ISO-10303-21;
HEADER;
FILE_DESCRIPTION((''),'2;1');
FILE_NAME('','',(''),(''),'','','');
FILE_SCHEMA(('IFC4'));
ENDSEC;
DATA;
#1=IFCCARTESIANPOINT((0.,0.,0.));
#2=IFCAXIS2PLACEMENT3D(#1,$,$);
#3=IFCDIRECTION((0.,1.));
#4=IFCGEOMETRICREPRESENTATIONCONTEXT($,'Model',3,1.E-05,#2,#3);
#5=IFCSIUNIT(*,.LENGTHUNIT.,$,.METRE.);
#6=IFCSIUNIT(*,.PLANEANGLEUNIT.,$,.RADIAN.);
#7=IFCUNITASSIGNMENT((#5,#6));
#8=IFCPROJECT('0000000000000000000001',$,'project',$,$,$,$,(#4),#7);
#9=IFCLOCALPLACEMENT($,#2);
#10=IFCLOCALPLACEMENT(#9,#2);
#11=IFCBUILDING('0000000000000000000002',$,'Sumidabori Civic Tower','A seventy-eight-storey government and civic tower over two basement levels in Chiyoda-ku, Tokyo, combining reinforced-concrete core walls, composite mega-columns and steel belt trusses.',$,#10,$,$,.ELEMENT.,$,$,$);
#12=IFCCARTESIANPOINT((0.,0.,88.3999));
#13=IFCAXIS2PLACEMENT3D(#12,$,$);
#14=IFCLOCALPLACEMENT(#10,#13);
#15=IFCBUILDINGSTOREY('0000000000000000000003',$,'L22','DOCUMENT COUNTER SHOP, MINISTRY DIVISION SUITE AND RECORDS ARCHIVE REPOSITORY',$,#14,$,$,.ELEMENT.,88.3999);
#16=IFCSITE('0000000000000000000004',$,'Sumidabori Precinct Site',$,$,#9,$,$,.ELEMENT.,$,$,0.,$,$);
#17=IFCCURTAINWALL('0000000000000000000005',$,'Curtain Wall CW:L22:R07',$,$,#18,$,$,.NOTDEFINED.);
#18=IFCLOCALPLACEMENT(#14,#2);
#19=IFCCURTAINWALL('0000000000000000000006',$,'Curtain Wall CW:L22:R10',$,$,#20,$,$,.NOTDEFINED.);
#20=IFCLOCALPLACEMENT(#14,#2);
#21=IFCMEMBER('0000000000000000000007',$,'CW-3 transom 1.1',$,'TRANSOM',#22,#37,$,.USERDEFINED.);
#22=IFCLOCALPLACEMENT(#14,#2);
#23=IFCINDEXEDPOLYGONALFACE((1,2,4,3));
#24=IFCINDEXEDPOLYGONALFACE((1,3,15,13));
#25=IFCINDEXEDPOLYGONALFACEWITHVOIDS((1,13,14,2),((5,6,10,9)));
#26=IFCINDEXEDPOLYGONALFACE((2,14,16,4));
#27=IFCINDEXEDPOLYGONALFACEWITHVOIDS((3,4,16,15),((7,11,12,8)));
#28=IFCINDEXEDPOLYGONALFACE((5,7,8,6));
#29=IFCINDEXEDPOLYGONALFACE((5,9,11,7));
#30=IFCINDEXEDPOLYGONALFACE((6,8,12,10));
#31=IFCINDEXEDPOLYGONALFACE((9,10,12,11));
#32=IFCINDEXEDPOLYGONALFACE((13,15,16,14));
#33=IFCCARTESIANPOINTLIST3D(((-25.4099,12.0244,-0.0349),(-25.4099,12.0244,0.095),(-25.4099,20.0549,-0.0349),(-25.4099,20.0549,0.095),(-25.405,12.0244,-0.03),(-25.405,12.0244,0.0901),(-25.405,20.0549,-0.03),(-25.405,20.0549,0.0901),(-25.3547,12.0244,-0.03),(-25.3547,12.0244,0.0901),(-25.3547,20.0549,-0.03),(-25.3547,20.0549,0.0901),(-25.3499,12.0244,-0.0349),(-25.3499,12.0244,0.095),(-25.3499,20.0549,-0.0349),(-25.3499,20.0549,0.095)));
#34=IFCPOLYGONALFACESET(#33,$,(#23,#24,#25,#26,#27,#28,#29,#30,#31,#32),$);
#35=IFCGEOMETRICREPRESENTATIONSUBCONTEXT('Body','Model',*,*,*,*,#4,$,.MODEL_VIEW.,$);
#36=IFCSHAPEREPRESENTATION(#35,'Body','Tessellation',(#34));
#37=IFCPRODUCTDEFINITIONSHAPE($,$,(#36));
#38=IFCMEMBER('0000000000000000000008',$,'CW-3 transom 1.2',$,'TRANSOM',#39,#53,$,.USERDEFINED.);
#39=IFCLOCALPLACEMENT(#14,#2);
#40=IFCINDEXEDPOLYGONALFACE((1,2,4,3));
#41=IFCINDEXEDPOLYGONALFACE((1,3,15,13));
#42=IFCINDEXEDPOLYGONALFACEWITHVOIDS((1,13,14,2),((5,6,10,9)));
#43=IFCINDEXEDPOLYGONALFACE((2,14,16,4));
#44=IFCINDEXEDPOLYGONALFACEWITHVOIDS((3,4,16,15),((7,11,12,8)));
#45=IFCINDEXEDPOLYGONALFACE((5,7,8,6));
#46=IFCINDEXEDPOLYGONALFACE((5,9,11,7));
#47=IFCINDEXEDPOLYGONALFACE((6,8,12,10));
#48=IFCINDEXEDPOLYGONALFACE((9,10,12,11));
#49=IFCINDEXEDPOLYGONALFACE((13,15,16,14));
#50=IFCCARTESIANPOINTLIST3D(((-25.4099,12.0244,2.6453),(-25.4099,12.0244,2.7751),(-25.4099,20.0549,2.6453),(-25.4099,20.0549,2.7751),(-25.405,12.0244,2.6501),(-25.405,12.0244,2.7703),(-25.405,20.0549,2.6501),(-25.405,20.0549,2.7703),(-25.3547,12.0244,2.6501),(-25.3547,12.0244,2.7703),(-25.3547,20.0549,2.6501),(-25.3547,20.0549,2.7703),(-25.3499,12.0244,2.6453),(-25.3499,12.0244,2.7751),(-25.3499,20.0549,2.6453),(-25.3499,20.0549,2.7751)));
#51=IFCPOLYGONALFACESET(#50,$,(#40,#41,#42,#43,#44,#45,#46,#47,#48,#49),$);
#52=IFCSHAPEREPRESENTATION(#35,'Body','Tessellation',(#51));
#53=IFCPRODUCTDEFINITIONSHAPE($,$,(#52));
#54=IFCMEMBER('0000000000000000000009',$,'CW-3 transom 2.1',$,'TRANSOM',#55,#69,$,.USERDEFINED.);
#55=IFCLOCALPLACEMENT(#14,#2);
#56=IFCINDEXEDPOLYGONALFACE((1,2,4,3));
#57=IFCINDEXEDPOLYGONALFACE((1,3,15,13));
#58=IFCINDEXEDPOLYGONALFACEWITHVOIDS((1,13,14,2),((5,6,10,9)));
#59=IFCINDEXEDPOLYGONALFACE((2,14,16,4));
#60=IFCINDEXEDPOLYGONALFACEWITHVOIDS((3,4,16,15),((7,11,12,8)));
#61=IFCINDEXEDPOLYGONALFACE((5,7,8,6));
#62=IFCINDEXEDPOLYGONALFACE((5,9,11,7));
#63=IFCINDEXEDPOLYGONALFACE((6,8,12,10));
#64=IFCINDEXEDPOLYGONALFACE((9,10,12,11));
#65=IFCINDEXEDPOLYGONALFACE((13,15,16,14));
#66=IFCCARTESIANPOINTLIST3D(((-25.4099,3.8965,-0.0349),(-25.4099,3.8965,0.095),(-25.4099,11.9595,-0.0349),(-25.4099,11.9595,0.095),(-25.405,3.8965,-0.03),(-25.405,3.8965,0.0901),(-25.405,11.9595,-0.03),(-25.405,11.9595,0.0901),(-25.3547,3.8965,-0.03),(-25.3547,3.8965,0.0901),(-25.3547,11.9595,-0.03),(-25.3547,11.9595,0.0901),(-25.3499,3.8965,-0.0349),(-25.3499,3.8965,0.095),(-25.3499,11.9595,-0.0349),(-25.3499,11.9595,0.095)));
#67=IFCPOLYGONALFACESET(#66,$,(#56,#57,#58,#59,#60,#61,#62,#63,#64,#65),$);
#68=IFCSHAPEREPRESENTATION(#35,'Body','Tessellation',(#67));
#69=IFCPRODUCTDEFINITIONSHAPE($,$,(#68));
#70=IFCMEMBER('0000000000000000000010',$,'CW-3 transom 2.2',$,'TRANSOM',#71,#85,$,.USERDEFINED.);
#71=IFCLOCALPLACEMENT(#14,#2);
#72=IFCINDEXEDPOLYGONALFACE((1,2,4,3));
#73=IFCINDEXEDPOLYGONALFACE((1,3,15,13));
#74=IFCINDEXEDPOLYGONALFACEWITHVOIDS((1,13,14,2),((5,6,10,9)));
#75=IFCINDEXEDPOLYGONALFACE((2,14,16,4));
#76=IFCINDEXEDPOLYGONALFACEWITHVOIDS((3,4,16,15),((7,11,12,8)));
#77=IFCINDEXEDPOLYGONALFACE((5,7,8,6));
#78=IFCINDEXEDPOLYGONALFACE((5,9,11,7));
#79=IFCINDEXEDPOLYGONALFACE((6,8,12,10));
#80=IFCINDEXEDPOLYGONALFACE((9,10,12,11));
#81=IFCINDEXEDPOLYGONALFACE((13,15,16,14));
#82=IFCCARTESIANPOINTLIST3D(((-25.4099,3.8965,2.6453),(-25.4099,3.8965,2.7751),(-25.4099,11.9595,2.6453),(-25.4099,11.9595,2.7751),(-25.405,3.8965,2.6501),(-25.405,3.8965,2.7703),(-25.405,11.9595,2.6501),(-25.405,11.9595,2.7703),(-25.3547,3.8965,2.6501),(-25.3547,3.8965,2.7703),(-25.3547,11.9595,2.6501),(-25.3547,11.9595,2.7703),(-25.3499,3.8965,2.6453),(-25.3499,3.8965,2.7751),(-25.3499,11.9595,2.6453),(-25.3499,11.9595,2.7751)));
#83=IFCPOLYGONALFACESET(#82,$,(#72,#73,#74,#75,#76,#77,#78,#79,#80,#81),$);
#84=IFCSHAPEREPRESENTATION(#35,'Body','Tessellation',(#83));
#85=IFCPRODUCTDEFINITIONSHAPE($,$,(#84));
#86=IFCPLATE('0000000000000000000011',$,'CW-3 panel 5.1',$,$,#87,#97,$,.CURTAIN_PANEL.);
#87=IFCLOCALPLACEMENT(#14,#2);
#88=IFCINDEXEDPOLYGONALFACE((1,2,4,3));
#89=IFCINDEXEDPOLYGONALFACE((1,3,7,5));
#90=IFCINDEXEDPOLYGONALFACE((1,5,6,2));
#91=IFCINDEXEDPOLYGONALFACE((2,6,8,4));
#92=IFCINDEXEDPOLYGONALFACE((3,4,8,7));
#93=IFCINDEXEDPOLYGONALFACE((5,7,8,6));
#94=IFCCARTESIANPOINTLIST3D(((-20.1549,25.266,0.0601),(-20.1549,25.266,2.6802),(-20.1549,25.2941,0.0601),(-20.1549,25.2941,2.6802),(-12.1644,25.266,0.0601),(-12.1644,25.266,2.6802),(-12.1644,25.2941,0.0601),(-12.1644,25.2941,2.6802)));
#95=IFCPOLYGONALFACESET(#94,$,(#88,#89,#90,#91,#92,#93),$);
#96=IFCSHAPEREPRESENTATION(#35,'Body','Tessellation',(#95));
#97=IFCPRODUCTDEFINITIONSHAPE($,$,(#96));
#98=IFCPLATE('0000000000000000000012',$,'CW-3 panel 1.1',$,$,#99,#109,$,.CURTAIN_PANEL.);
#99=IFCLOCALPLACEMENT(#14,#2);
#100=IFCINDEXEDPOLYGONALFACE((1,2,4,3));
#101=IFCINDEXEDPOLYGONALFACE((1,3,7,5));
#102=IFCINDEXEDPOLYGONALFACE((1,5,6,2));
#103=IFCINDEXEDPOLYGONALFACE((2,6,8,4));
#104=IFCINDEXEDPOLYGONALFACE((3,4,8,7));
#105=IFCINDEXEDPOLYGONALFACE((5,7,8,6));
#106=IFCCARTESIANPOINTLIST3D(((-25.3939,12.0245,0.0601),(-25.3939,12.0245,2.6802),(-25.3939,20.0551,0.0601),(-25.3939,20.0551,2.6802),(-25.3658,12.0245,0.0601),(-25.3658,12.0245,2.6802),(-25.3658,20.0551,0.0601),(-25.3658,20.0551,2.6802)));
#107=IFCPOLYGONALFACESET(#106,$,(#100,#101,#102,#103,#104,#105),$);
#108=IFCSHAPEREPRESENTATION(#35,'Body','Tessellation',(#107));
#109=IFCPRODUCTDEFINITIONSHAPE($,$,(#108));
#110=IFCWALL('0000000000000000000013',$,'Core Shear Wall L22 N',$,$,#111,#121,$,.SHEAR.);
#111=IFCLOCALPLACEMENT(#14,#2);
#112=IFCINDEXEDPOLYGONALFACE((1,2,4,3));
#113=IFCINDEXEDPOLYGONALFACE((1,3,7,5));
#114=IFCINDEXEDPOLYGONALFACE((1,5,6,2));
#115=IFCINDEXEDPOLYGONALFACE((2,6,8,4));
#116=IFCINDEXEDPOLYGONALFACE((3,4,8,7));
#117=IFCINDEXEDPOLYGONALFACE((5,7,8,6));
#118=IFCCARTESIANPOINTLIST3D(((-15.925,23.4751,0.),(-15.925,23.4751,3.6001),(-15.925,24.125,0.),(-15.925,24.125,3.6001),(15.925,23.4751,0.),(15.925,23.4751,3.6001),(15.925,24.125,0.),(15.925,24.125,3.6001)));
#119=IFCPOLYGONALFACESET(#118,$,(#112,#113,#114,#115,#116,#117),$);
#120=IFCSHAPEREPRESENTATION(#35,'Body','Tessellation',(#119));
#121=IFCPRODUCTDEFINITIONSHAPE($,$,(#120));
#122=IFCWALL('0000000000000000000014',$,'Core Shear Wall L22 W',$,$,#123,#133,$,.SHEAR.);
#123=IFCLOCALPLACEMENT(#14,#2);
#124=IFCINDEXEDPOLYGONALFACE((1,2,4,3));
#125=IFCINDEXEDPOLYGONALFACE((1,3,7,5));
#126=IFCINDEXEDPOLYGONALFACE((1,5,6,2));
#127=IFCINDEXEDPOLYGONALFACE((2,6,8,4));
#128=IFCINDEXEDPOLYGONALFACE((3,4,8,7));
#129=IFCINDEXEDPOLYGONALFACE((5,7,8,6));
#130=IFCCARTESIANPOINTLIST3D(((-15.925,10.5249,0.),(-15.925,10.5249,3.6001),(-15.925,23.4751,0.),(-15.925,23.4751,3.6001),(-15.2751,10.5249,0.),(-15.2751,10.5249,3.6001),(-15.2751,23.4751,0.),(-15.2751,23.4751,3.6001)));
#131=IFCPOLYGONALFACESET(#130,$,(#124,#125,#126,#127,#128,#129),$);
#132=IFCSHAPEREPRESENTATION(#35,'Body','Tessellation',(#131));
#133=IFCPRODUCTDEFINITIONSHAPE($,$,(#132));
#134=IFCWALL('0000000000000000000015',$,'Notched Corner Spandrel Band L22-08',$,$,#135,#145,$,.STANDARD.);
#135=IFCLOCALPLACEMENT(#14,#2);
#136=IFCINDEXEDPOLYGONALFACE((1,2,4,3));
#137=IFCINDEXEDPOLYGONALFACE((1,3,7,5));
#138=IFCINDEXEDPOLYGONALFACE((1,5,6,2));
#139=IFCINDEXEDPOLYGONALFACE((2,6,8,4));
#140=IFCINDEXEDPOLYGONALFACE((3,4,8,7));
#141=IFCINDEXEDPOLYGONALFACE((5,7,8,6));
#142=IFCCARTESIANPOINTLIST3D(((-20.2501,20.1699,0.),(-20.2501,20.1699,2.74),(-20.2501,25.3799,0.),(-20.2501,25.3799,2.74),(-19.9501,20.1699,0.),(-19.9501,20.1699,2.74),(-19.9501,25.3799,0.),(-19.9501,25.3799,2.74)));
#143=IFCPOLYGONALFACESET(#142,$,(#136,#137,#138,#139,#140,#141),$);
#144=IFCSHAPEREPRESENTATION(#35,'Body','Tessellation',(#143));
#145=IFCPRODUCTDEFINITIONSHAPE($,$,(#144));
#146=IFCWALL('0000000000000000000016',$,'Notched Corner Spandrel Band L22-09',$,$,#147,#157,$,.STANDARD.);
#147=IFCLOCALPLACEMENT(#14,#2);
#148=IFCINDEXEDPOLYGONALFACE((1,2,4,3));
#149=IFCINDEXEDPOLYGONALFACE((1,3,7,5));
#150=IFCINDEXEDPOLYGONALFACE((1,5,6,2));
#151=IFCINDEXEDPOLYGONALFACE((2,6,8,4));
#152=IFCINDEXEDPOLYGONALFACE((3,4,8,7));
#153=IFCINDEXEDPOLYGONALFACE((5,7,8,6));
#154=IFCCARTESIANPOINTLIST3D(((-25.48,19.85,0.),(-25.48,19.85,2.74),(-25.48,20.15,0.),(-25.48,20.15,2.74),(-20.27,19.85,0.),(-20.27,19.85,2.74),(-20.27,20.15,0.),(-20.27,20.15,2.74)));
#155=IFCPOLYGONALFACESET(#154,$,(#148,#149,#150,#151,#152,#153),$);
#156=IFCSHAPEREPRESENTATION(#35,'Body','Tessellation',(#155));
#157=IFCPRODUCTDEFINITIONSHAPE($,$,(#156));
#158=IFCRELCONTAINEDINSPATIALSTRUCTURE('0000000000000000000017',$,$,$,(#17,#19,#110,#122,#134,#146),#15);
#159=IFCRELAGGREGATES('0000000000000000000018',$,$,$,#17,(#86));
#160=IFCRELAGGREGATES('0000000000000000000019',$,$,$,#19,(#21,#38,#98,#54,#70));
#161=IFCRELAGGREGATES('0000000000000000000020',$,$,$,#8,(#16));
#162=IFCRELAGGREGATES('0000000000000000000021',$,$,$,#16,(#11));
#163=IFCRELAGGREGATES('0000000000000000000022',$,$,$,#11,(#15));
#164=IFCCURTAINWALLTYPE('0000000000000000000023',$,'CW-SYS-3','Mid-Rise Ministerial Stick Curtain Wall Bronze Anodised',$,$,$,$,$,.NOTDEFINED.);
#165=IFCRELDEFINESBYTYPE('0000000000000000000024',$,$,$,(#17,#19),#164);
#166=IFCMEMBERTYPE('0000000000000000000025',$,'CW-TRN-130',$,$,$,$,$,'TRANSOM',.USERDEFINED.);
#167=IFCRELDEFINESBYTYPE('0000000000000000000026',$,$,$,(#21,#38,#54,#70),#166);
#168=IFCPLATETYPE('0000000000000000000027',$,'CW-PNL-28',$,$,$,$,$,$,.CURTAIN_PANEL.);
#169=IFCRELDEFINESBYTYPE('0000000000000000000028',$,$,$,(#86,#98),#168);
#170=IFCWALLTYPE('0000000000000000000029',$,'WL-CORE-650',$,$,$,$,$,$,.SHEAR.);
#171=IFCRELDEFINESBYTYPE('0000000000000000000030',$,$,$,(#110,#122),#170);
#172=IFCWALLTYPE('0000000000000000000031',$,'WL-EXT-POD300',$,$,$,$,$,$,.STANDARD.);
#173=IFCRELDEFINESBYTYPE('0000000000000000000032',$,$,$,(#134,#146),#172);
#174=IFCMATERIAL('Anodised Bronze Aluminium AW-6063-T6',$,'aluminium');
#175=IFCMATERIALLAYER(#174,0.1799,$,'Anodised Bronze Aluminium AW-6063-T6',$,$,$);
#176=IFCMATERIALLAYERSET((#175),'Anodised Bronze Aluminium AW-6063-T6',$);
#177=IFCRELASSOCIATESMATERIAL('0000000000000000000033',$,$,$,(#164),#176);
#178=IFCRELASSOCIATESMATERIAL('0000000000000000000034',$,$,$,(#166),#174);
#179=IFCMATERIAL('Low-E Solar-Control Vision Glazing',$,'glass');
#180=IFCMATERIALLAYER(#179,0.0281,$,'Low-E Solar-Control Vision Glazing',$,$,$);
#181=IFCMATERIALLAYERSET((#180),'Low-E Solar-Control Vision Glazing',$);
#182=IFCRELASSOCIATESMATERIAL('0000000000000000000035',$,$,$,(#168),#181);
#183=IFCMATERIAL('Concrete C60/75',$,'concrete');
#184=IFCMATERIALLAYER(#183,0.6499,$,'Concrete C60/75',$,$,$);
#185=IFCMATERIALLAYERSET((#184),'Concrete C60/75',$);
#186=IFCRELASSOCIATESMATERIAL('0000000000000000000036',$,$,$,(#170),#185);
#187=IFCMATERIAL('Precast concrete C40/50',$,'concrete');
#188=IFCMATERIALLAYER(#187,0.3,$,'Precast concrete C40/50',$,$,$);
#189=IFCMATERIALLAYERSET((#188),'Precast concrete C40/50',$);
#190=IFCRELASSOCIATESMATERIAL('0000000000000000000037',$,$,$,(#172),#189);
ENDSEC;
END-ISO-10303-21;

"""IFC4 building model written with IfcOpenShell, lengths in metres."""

from ifc_helpers import new_model, si_unit, direction, frame, frame_2d, origin, origin_2d, place, context, subcontext, project, spatial, rectangle, hollow_rectangle, extrude, source, transform, mapped, material, layer, layer_set, material_profile, profile_set, type_object, element, aggregate, save


model = new_model("IFC4")

# Units and contexts
model_context = context("Model", 3, precision=1e-05, world=origin(), true_north=direction((0.0, 1.0)))
body_context = subcontext(model_context, "Body", "Model", "MODEL_VIEW")
ifc_project = project(units=[si_unit("LENGTHUNIT", "METRE"), si_unit("PLANEANGLEUNIT", "RADIAN")], contexts=[model_context])

# Site, building, storey
site_placement = place(None, origin())
site = spatial("IfcSite", under=ifc_project, at=site_placement, Name="Sumidabori Precinct Site", CompositionType="ELEMENT", RefElevation=0.0)
building_placement = place(site_placement, origin())
building = spatial("IfcBuilding", under=site, at=building_placement, Name="Sumidabori Civic Tower", Description="A seventy-eight-storey government and civic tower over two basement levels in Chiyoda-ku, Tokyo, combining reinforced-concrete core walls, composite mega-columns and steel belt trusses.", CompositionType="ELEMENT")
storey_placement = place(building_placement, frame((0.0, 0.0, 88.3999)))
storey = spatial("IfcBuildingStorey", under=building, at=storey_placement, Name="L22", Description="DOCUMENT COUNTER SHOP, MINISTRY DIVISION SUITE AND RECORDS ARCHIVE REPOSITORY", CompositionType="ELEMENT", Elevation=88.3999)

# Shared definitions
ifc_material_1 = material(Name="Concrete C60/75", Category="concrete")

# Curtain wall
ifc_material_2 = material(Name="Anodised Bronze Aluminium AW-6063-T6", Category="aluminium")
ifc_layer_1 = layer(ifc_material_2, 0.1799, Name="Anodised Bronze Aluminium AW-6063-T6")
ifc_layer_set_1 = layer_set([ifc_layer_1], Name="Anodised Bronze Aluminium AW-6063-T6")
curtain_wall_type = type_object("IfcCurtainWallType", Name="CW-SYS-3", Description="Mid-Rise Ministerial Stick Curtain Wall Bronze Anodised", PredefinedType="NOTDEFINED", material=ifc_layer_set_1)
curtain_wall_1_placement = place(storey_placement, origin())
curtain_wall_1 = element("IfcCurtainWall", 1, at=curtain_wall_1_placement, inside=storey, type_object=curtain_wall_type, Name="Curtain Wall CW:L22:R07", PredefinedType="NOTDEFINED")

# Curtain wall, members
curtain_wall_2_placement = place(storey_placement, origin())
curtain_wall_2 = element("IfcCurtainWall", 2, at=curtain_wall_2_placement, inside=storey, type_object=curtain_wall_type, Name="Curtain Wall CW:L22:R10", PredefinedType="NOTDEFINED")
ifc_material_profile_1 = material_profile(ifc_material_2, hollow_rectangle(XDim=0.0601, YDim=0.1299, WallThickness=0.0049, at=origin_2d()), Name="ALU TRANSOM 130x60")
ifc_profile_set_1 = profile_set([ifc_material_profile_1], Name="Anodised Bronze Aluminium AW-6063-T6")
member_type_1 = type_object("IfcMemberType", Name="CW-TRN-130", ElementType="TRANSOM", PredefinedType="USERDEFINED", material=ifc_profile_set_1)
shared_shape_1 = source(origin(), body_context, "Body", "SweptSolid", [
    extrude(hollow_rectangle(XDim=0.0601, YDim=0.1299, WallThickness=0.0049, at=origin_2d()), origin(), (0.0, 0.0, 1.0), 8.0305),
])
member_1_placement = place(storey_placement, frame((-25.3799, 20.0549, 0.03), z_axis=(0.0, -1.0, 0.0), x_axis=(1.0, 0.0, 0.0)))
member_1 = element("IfcMember", 3, at=member_1_placement, type_object=member_type_1, Name="CW-3 transom 1.1", ObjectType="TRANSOM", PredefinedType="USERDEFINED", context=body_context, shape_type="MappedRepresentation", body=[
    mapped(shared_shape_1, transform((0.0, 0.0, 0.0), x_axis=(1.0, 0.0, 0.0), y_axis=(0.0, 1.0, 0.0), z_axis=(0.0, 0.0, 1.0), scale=1.0)),
])
member_2_placement = place(storey_placement, frame((-25.3799, 20.0549, 2.7102), z_axis=(0.0, -1.0, 0.0), x_axis=(1.0, 0.0, 0.0)))
member_2 = element("IfcMember", 4, at=member_2_placement, type_object=member_type_1, Name="CW-3 transom 1.2", ObjectType="TRANSOM", PredefinedType="USERDEFINED", context=body_context, shape_type="MappedRepresentation", body=[
    mapped(shared_shape_1, transform((0.0, 0.0, 0.0), x_axis=(1.0, 0.0, 0.0), y_axis=(0.0, 1.0, 0.0), z_axis=(0.0, 0.0, 1.0), scale=1.0)),
])
shared_shape_2 = source(origin(), body_context, "Body", "SweptSolid", [
    extrude(hollow_rectangle(XDim=0.0601, YDim=0.1299, WallThickness=0.0049, at=origin_2d()), origin(), (0.0, 0.0, 1.0), 8.063),
])
member_3_placement = place(storey_placement, frame((-25.3799, 11.9595, 0.03), z_axis=(0.0, -1.0, 0.0), x_axis=(1.0, 0.0, 0.0)))
member_3 = element("IfcMember", 5, at=member_3_placement, type_object=member_type_1, Name="CW-3 transom 2.1", ObjectType="TRANSOM", PredefinedType="USERDEFINED", context=body_context, shape_type="MappedRepresentation", body=[
    mapped(shared_shape_2, transform((0.0, 0.0, 0.0), x_axis=(1.0, 0.0, 0.0), y_axis=(0.0, 1.0, 0.0), z_axis=(0.0, 0.0, 1.0), scale=1.0)),
])
member_4_placement = place(storey_placement, frame((-25.3799, 11.9595, 2.7102), z_axis=(0.0, -1.0, 0.0), x_axis=(1.0, 0.0, 0.0)))
member_4 = element("IfcMember", 6, at=member_4_placement, type_object=member_type_1, Name="CW-3 transom 2.2", ObjectType="TRANSOM", PredefinedType="USERDEFINED", context=body_context, shape_type="MappedRepresentation", body=[
    mapped(shared_shape_2, transform((0.0, 0.0, 0.0), x_axis=(1.0, 0.0, 0.0), y_axis=(0.0, 1.0, 0.0), z_axis=(0.0, 0.0, 1.0), scale=1.0)),
])

# Plates
ifc_material_3 = material(Name="Low-E Solar-Control Vision Glazing", Category="glass")
ifc_layer_2 = layer(ifc_material_3, 0.0281, Name="Low-E Solar-Control Vision Glazing")
ifc_layer_set_2 = layer_set([ifc_layer_2], Name="Low-E Solar-Control Vision Glazing")
plate_type = type_object("IfcPlateType", Name="CW-PNL-28", PredefinedType="CURTAIN_PANEL", material=ifc_layer_set_2)
shared_shape_3 = source(origin(), body_context, "Body", "SweptSolid", [
    extrude(rectangle(XDim=7.9905, YDim=0.0281, at=origin_2d()), origin(), (0.0, 0.0, 1.0), 2.6201),
])
plate_1_placement = place(storey_placement, frame((-16.1597, 25.28, 0.0601), z_axis=(0.0, 0.0, 1.0), x_axis=(-1.0, 0.0, 0.0)))
plate_1 = element("IfcPlate", 7, at=plate_1_placement, type_object=plate_type, Name="CW-3 panel 5.1", PredefinedType="CURTAIN_PANEL", context=body_context, shape_type="MappedRepresentation", body=[
    mapped(shared_shape_3, transform((0.0, 0.0, 0.0), x_axis=(1.0, 0.0, 0.0), y_axis=(0.0, 1.0, 0.0), z_axis=(0.0, 0.0, 1.0), scale=1.0)),
])
aggregate(curtain_wall_1, [plate_1])
shared_shape_4 = source(origin(), body_context, "Body", "SweptSolid", [
    extrude(rectangle(XDim=8.0305, YDim=0.0281, at=origin_2d()), origin(), (0.0, 0.0, 1.0), 2.6201),
])
plate_2_placement = place(storey_placement, frame((-25.3799, 16.0398, 0.0601), z_axis=(0.0, 0.0, 1.0), x_axis=(0.0, -1.0, 0.0)))
plate_2 = element("IfcPlate", 8, at=plate_2_placement, type_object=plate_type, Name="CW-3 panel 1.1", PredefinedType="CURTAIN_PANEL", context=body_context, shape_type="MappedRepresentation", body=[
    mapped(shared_shape_4, transform((0.0, 0.0, 0.0), x_axis=(1.0, 0.0, 0.0), y_axis=(0.0, 1.0, 0.0), z_axis=(0.0, 0.0, 1.0), scale=1.0)),
])
aggregate(curtain_wall_2, [member_1, member_2, plate_2, member_3, member_4])

# Wall
ifc_layer_3 = layer(ifc_material_1, 0.6499, Name="Concrete C60/75")
ifc_layer_set_3 = layer_set([ifc_layer_3], Name="Concrete C60/75")
wall_type_1 = type_object("IfcWallType", Name="WL-CORE-650", PredefinedType="SHEAR", material=ifc_layer_set_3)
shared_shape_5 = source(origin(), body_context, "Body", "SweptSolid", [
    extrude(rectangle(XDim=31.8501, YDim=0.6499, at=frame_2d((15.925, 0.0))), origin(), (0.0, 0.0, 1.0), 3.6001),
])
wall_1_placement = place(storey_placement, frame((-15.925, 23.8, 0.0), z_axis=(0.0, 0.0, 1.0), x_axis=(1.0, 0.0, 0.0)))
element("IfcWall", 9, at=wall_1_placement, inside=storey, type_object=wall_type_1, Name="Core Shear Wall L22 N", PredefinedType="SHEAR", context=body_context, shape_type="MappedRepresentation", body=[
    mapped(shared_shape_5, transform((0.0, 0.0, 0.0), x_axis=(1.0, 0.0, 0.0), y_axis=(0.0, 1.0, 0.0), z_axis=(0.0, 0.0, 1.0), scale=1.0)),
])

# Walls
shared_shape_6 = source(origin(), body_context, "Body", "SweptSolid", [
    extrude(rectangle(XDim=12.9502, YDim=0.6499, at=frame_2d((6.4751, 0.0))), origin(), (0.0, 0.0, 1.0), 3.6001),
])
wall_2_placement = place(storey_placement, frame((-15.6001, 10.5249, 0.0), z_axis=(0.0, 0.0, 1.0), x_axis=(0.0, 1.0, 0.0)))
element("IfcWall", 10, at=wall_2_placement, inside=storey, type_object=wall_type_1, Name="Core Shear Wall L22 W", PredefinedType="SHEAR", context=body_context, shape_type="MappedRepresentation", body=[
    mapped(shared_shape_6, transform((0.0, 0.0, 0.0), x_axis=(1.0, 0.0, 0.0), y_axis=(0.0, 1.0, 0.0), z_axis=(0.0, 0.0, 1.0), scale=1.0)),
])
ifc_material_4 = material(Name="Precast concrete C40/50", Category="concrete")
ifc_layer_4 = layer(ifc_material_4, 0.3, Name="Precast concrete C40/50")
ifc_layer_set_4 = layer_set([ifc_layer_4], Name="Precast concrete C40/50")
wall_type_2 = type_object("IfcWallType", Name="WL-EXT-POD300", PredefinedType="STANDARD", material=ifc_layer_set_4)
shared_shape_7 = source(origin(), body_context, "Body", "SweptSolid", [
    extrude(rectangle(XDim=5.21, YDim=0.3, at=frame_2d((2.605, 0.0))), origin(), (0.0, 0.0, 1.0), 2.74),
])
for number, where, z_axis, x_axis, name in (
    (11, (-20.1001, 25.3799, 0.0), (0.0, 0.0, 1.0), (0.0, -1.0, 0.0), "Notched Corner Spandrel Band L22-08"),
    (12, (-20.27, 20.0, 0.0), (0.0, 0.0, 1.0), (-1.0, 0.0, 0.0), "Notched Corner Spandrel Band L22-09"),
):
    element("IfcWall", number, at=place(storey_placement, frame(where, z_axis=z_axis, x_axis=x_axis)), inside=storey, type_object=wall_type_2, Name=name, PredefinedType="STANDARD", context=body_context, shape_type="MappedRepresentation", body=[
        mapped(shared_shape_7, transform((0.0, 0.0, 0.0), x_axis=(1.0, 0.0, 0.0), y_axis=(0.0, 1.0, 0.0), z_axis=(0.0, 0.0, 1.0), scale=1.0)),
    ])

save(model, "model.ifc")
